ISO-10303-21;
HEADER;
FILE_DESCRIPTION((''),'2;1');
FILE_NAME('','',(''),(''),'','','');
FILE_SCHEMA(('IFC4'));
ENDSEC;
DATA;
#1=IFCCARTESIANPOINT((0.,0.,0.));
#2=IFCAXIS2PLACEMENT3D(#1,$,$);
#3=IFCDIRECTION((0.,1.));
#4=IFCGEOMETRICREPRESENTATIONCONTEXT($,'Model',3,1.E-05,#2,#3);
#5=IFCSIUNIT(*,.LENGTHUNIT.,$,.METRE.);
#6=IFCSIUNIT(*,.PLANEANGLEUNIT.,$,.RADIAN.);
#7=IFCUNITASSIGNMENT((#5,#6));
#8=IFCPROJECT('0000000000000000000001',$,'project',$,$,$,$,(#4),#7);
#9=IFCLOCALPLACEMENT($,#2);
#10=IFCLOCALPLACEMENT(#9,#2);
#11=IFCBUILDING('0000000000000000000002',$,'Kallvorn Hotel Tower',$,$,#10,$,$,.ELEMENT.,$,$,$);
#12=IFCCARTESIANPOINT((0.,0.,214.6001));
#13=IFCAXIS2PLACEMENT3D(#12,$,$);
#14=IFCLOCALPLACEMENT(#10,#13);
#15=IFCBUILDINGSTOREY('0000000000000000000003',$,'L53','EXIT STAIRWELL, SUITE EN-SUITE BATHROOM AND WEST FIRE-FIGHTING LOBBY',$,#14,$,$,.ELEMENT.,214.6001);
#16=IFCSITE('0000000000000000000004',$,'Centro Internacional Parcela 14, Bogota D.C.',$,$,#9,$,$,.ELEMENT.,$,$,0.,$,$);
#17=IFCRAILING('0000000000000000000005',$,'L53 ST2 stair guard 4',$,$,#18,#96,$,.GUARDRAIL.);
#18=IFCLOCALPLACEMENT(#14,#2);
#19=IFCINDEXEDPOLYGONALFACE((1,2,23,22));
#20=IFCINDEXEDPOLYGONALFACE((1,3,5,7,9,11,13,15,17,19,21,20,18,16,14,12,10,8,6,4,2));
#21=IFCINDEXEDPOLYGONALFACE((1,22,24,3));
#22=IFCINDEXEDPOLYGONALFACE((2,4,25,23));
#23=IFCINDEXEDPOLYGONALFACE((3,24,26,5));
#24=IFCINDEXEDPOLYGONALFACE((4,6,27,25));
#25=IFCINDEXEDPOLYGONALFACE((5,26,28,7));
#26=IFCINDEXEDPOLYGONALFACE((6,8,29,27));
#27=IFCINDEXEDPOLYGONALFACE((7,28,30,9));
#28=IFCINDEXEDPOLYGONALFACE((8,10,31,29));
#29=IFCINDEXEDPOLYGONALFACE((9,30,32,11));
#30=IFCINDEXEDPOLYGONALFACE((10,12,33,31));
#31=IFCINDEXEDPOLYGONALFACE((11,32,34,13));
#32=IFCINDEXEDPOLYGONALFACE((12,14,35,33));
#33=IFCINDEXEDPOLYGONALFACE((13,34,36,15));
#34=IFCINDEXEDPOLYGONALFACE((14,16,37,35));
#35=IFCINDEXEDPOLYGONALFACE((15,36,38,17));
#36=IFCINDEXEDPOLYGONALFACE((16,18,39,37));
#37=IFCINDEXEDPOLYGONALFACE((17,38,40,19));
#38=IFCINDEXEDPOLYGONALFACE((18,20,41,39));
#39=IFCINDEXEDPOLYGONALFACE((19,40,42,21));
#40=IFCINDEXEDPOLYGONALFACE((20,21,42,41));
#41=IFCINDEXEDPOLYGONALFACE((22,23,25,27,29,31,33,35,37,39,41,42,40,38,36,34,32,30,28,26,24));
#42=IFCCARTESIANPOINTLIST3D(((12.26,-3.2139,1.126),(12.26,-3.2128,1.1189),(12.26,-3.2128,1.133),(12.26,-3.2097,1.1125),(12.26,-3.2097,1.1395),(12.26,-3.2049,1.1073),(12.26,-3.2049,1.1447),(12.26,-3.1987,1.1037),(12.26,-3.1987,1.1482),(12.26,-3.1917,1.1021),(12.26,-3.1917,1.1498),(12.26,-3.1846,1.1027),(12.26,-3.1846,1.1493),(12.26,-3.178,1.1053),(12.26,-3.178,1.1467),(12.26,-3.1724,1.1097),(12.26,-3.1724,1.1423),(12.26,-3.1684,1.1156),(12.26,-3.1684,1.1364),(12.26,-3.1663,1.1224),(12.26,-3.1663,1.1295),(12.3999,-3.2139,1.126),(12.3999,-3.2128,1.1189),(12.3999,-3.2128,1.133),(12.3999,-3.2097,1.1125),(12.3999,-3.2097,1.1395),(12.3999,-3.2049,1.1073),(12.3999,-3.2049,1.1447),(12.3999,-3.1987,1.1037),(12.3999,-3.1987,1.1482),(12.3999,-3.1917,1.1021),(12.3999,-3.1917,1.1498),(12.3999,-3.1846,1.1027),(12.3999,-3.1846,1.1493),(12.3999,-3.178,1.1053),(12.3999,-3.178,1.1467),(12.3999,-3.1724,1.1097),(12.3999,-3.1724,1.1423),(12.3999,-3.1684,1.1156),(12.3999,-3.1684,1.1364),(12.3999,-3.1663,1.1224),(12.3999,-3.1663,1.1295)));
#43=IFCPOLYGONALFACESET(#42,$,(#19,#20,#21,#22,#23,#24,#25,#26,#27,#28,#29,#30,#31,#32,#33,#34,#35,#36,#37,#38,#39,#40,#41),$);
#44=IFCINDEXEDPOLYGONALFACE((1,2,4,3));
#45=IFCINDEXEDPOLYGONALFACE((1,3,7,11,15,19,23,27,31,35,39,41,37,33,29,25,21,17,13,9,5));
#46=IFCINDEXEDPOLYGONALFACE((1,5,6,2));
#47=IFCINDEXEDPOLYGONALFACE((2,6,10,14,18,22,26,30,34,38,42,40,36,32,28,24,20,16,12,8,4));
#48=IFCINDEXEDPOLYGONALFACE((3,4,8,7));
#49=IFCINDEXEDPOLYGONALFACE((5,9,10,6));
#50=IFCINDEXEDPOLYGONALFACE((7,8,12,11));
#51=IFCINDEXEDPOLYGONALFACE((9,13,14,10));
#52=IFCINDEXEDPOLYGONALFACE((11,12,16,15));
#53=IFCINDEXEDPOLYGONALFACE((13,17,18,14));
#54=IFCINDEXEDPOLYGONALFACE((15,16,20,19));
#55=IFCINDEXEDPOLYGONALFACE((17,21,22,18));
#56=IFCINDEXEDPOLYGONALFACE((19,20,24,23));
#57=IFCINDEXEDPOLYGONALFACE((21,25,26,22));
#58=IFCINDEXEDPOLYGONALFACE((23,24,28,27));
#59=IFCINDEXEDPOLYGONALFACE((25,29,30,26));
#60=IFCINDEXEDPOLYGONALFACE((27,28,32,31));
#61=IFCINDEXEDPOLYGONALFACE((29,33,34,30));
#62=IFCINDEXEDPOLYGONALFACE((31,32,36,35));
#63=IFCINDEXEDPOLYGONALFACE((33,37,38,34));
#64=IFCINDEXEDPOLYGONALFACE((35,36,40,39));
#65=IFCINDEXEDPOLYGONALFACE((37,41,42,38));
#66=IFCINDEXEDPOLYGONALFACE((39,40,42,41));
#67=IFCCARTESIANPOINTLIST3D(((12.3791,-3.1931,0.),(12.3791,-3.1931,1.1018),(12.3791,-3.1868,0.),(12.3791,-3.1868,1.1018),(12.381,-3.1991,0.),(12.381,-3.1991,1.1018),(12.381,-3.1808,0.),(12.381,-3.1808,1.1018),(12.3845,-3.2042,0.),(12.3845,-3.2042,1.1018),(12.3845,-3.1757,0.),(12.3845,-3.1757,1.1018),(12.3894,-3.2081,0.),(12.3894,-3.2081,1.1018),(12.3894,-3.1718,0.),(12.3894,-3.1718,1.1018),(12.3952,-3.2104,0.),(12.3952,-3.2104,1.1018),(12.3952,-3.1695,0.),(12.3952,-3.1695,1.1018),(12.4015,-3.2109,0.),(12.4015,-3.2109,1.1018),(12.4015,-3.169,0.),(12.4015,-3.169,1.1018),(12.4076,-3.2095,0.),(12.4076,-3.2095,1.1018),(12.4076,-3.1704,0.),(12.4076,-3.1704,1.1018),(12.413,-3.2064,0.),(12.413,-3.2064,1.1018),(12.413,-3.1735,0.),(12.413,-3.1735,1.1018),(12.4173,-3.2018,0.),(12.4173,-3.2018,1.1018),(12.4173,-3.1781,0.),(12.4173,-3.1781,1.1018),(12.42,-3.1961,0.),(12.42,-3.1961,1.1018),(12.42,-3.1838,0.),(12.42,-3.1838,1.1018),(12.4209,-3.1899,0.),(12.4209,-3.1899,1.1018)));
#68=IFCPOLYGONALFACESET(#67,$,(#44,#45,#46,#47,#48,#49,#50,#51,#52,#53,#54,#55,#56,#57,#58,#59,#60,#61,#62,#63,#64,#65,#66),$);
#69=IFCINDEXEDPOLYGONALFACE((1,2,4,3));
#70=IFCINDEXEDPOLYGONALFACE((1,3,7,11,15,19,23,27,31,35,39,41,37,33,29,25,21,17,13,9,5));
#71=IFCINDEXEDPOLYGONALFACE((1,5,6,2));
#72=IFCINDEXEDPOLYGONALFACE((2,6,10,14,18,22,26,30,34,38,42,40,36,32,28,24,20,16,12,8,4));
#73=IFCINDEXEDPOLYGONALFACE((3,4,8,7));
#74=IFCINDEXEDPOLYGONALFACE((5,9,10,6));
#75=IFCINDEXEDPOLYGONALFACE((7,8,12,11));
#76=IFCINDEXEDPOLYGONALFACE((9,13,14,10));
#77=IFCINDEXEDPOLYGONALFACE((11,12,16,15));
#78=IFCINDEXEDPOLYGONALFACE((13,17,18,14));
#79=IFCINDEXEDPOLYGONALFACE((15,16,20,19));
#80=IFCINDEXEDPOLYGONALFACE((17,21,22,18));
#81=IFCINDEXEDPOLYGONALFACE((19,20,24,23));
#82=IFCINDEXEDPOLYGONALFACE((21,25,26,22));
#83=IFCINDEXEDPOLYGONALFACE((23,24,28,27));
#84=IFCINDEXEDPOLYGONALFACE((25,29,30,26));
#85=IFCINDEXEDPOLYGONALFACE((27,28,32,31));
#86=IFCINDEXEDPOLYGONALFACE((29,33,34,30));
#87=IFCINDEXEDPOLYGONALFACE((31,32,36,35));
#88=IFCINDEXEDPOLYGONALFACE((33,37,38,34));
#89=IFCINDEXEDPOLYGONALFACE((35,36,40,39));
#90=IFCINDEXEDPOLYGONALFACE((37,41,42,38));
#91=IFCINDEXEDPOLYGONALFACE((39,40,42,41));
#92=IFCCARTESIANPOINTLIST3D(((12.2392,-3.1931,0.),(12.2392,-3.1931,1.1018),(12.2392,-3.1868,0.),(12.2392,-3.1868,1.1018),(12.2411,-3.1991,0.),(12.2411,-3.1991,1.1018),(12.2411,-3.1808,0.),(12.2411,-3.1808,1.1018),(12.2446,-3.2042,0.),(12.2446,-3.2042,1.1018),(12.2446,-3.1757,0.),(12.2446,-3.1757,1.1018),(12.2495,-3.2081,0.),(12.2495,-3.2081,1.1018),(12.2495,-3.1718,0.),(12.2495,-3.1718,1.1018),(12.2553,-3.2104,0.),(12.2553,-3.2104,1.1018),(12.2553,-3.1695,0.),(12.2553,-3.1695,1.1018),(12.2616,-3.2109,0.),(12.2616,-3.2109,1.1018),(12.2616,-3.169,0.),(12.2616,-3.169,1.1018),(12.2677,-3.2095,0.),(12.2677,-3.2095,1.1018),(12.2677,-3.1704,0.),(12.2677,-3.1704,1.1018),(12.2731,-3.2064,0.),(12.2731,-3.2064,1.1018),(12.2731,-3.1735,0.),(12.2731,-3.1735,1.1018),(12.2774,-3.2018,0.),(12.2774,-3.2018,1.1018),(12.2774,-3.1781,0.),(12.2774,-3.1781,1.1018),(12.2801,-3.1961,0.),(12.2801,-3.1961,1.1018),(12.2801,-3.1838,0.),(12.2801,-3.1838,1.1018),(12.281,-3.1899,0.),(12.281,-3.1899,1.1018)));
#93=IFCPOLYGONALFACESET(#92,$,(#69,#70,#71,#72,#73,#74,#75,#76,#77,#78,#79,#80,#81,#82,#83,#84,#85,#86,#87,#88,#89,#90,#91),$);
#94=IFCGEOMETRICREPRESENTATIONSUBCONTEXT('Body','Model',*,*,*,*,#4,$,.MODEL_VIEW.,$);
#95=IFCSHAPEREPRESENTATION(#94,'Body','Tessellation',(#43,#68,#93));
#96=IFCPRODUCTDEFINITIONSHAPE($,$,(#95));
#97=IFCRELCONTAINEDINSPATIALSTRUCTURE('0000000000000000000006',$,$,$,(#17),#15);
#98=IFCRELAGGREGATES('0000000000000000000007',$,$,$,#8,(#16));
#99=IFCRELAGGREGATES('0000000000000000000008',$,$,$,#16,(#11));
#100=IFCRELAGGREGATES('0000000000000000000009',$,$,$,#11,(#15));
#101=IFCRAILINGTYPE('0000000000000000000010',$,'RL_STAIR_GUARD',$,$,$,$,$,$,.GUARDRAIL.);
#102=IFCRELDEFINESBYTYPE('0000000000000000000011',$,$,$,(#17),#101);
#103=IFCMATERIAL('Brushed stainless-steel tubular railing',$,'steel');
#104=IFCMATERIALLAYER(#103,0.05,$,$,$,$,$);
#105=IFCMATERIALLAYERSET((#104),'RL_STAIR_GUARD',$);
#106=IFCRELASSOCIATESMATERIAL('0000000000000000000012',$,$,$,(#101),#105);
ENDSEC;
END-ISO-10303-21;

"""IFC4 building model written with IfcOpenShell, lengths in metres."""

from ifc_helpers import new_model, si_unit, direction, frame, origin, origin_2d, place, context, subcontext, project, spatial, circle, extrude, material, layer, layer_set, type_object, element, save


model = new_model("IFC4")

# Units and contexts
model_context = context("Model", 3, precision=1e-05, world=origin(), true_north=direction((0.0, 1.0)))
body_context = subcontext(model_context, "Body", "Model", "MODEL_VIEW")
ifc_project = project(units=[si_unit("LENGTHUNIT", "METRE"), si_unit("PLANEANGLEUNIT", "RADIAN")], contexts=[model_context])

# Site, building, storey
site_placement = place(None, origin())
site = spatial("IfcSite", under=ifc_project, at=site_placement, Name="Centro Internacional Parcela 14, Bogota D.C.", CompositionType="ELEMENT", RefElevation=0.0)
building_placement = place(site_placement, origin())
building = spatial("IfcBuilding", under=site, at=building_placement, Name="Kallvorn Hotel Tower", CompositionType="ELEMENT")
storey_placement = place(building_placement, frame((0.0, 0.0, 214.6001)))
storey = spatial("IfcBuildingStorey", under=building, at=storey_placement, Name="L53", Description="EXIT STAIRWELL, SUITE EN-SUITE BATHROOM AND WEST FIRE-FIGHTING LOBBY", CompositionType="ELEMENT", Elevation=214.6001)

# Railing
ifc_material_1 = material(Name="Brushed stainless-steel tubular railing", Category="steel")
ifc_layer_1 = layer(ifc_material_1, 0.05)
ifc_layer_set_1 = layer_set([ifc_layer_1], Name="RL_STAIR_GUARD")
railing_type = type_object("IfcRailingType", Name="RL_STAIR_GUARD", PredefinedType="GUARDRAIL", material=ifc_layer_set_1)
railing_1_placement = place(storey_placement, frame((12.3999, -3.1899, 0.0)))
element("IfcRailing", 1, at=railing_1_placement, inside=storey, type_object=railing_type, Name="L53 ST2 stair guard 4", PredefinedType="GUARDRAIL", context=body_context, shape_type="SweptSolid", body=[
    extrude(circle(Radius=0.0239, at=origin_2d()), frame((0.0, 0.0, 1.126), z_axis=(-1.0, 0.0, 0.0), x_axis=(0.0, -1.0, 0.0)), (0.0, 0.0, 1.0), 0.1399),
    extrude(circle(Radius=0.021, at=origin_2d()), origin(), (0.0, 0.0, 1.0), 1.1018),
    extrude(circle(Radius=0.021, at=origin_2d()), frame((-0.1399, 0.0, 0.0)), (0.0, 0.0, 1.0), 1.1018),
])

save(model, "model.ifc")
